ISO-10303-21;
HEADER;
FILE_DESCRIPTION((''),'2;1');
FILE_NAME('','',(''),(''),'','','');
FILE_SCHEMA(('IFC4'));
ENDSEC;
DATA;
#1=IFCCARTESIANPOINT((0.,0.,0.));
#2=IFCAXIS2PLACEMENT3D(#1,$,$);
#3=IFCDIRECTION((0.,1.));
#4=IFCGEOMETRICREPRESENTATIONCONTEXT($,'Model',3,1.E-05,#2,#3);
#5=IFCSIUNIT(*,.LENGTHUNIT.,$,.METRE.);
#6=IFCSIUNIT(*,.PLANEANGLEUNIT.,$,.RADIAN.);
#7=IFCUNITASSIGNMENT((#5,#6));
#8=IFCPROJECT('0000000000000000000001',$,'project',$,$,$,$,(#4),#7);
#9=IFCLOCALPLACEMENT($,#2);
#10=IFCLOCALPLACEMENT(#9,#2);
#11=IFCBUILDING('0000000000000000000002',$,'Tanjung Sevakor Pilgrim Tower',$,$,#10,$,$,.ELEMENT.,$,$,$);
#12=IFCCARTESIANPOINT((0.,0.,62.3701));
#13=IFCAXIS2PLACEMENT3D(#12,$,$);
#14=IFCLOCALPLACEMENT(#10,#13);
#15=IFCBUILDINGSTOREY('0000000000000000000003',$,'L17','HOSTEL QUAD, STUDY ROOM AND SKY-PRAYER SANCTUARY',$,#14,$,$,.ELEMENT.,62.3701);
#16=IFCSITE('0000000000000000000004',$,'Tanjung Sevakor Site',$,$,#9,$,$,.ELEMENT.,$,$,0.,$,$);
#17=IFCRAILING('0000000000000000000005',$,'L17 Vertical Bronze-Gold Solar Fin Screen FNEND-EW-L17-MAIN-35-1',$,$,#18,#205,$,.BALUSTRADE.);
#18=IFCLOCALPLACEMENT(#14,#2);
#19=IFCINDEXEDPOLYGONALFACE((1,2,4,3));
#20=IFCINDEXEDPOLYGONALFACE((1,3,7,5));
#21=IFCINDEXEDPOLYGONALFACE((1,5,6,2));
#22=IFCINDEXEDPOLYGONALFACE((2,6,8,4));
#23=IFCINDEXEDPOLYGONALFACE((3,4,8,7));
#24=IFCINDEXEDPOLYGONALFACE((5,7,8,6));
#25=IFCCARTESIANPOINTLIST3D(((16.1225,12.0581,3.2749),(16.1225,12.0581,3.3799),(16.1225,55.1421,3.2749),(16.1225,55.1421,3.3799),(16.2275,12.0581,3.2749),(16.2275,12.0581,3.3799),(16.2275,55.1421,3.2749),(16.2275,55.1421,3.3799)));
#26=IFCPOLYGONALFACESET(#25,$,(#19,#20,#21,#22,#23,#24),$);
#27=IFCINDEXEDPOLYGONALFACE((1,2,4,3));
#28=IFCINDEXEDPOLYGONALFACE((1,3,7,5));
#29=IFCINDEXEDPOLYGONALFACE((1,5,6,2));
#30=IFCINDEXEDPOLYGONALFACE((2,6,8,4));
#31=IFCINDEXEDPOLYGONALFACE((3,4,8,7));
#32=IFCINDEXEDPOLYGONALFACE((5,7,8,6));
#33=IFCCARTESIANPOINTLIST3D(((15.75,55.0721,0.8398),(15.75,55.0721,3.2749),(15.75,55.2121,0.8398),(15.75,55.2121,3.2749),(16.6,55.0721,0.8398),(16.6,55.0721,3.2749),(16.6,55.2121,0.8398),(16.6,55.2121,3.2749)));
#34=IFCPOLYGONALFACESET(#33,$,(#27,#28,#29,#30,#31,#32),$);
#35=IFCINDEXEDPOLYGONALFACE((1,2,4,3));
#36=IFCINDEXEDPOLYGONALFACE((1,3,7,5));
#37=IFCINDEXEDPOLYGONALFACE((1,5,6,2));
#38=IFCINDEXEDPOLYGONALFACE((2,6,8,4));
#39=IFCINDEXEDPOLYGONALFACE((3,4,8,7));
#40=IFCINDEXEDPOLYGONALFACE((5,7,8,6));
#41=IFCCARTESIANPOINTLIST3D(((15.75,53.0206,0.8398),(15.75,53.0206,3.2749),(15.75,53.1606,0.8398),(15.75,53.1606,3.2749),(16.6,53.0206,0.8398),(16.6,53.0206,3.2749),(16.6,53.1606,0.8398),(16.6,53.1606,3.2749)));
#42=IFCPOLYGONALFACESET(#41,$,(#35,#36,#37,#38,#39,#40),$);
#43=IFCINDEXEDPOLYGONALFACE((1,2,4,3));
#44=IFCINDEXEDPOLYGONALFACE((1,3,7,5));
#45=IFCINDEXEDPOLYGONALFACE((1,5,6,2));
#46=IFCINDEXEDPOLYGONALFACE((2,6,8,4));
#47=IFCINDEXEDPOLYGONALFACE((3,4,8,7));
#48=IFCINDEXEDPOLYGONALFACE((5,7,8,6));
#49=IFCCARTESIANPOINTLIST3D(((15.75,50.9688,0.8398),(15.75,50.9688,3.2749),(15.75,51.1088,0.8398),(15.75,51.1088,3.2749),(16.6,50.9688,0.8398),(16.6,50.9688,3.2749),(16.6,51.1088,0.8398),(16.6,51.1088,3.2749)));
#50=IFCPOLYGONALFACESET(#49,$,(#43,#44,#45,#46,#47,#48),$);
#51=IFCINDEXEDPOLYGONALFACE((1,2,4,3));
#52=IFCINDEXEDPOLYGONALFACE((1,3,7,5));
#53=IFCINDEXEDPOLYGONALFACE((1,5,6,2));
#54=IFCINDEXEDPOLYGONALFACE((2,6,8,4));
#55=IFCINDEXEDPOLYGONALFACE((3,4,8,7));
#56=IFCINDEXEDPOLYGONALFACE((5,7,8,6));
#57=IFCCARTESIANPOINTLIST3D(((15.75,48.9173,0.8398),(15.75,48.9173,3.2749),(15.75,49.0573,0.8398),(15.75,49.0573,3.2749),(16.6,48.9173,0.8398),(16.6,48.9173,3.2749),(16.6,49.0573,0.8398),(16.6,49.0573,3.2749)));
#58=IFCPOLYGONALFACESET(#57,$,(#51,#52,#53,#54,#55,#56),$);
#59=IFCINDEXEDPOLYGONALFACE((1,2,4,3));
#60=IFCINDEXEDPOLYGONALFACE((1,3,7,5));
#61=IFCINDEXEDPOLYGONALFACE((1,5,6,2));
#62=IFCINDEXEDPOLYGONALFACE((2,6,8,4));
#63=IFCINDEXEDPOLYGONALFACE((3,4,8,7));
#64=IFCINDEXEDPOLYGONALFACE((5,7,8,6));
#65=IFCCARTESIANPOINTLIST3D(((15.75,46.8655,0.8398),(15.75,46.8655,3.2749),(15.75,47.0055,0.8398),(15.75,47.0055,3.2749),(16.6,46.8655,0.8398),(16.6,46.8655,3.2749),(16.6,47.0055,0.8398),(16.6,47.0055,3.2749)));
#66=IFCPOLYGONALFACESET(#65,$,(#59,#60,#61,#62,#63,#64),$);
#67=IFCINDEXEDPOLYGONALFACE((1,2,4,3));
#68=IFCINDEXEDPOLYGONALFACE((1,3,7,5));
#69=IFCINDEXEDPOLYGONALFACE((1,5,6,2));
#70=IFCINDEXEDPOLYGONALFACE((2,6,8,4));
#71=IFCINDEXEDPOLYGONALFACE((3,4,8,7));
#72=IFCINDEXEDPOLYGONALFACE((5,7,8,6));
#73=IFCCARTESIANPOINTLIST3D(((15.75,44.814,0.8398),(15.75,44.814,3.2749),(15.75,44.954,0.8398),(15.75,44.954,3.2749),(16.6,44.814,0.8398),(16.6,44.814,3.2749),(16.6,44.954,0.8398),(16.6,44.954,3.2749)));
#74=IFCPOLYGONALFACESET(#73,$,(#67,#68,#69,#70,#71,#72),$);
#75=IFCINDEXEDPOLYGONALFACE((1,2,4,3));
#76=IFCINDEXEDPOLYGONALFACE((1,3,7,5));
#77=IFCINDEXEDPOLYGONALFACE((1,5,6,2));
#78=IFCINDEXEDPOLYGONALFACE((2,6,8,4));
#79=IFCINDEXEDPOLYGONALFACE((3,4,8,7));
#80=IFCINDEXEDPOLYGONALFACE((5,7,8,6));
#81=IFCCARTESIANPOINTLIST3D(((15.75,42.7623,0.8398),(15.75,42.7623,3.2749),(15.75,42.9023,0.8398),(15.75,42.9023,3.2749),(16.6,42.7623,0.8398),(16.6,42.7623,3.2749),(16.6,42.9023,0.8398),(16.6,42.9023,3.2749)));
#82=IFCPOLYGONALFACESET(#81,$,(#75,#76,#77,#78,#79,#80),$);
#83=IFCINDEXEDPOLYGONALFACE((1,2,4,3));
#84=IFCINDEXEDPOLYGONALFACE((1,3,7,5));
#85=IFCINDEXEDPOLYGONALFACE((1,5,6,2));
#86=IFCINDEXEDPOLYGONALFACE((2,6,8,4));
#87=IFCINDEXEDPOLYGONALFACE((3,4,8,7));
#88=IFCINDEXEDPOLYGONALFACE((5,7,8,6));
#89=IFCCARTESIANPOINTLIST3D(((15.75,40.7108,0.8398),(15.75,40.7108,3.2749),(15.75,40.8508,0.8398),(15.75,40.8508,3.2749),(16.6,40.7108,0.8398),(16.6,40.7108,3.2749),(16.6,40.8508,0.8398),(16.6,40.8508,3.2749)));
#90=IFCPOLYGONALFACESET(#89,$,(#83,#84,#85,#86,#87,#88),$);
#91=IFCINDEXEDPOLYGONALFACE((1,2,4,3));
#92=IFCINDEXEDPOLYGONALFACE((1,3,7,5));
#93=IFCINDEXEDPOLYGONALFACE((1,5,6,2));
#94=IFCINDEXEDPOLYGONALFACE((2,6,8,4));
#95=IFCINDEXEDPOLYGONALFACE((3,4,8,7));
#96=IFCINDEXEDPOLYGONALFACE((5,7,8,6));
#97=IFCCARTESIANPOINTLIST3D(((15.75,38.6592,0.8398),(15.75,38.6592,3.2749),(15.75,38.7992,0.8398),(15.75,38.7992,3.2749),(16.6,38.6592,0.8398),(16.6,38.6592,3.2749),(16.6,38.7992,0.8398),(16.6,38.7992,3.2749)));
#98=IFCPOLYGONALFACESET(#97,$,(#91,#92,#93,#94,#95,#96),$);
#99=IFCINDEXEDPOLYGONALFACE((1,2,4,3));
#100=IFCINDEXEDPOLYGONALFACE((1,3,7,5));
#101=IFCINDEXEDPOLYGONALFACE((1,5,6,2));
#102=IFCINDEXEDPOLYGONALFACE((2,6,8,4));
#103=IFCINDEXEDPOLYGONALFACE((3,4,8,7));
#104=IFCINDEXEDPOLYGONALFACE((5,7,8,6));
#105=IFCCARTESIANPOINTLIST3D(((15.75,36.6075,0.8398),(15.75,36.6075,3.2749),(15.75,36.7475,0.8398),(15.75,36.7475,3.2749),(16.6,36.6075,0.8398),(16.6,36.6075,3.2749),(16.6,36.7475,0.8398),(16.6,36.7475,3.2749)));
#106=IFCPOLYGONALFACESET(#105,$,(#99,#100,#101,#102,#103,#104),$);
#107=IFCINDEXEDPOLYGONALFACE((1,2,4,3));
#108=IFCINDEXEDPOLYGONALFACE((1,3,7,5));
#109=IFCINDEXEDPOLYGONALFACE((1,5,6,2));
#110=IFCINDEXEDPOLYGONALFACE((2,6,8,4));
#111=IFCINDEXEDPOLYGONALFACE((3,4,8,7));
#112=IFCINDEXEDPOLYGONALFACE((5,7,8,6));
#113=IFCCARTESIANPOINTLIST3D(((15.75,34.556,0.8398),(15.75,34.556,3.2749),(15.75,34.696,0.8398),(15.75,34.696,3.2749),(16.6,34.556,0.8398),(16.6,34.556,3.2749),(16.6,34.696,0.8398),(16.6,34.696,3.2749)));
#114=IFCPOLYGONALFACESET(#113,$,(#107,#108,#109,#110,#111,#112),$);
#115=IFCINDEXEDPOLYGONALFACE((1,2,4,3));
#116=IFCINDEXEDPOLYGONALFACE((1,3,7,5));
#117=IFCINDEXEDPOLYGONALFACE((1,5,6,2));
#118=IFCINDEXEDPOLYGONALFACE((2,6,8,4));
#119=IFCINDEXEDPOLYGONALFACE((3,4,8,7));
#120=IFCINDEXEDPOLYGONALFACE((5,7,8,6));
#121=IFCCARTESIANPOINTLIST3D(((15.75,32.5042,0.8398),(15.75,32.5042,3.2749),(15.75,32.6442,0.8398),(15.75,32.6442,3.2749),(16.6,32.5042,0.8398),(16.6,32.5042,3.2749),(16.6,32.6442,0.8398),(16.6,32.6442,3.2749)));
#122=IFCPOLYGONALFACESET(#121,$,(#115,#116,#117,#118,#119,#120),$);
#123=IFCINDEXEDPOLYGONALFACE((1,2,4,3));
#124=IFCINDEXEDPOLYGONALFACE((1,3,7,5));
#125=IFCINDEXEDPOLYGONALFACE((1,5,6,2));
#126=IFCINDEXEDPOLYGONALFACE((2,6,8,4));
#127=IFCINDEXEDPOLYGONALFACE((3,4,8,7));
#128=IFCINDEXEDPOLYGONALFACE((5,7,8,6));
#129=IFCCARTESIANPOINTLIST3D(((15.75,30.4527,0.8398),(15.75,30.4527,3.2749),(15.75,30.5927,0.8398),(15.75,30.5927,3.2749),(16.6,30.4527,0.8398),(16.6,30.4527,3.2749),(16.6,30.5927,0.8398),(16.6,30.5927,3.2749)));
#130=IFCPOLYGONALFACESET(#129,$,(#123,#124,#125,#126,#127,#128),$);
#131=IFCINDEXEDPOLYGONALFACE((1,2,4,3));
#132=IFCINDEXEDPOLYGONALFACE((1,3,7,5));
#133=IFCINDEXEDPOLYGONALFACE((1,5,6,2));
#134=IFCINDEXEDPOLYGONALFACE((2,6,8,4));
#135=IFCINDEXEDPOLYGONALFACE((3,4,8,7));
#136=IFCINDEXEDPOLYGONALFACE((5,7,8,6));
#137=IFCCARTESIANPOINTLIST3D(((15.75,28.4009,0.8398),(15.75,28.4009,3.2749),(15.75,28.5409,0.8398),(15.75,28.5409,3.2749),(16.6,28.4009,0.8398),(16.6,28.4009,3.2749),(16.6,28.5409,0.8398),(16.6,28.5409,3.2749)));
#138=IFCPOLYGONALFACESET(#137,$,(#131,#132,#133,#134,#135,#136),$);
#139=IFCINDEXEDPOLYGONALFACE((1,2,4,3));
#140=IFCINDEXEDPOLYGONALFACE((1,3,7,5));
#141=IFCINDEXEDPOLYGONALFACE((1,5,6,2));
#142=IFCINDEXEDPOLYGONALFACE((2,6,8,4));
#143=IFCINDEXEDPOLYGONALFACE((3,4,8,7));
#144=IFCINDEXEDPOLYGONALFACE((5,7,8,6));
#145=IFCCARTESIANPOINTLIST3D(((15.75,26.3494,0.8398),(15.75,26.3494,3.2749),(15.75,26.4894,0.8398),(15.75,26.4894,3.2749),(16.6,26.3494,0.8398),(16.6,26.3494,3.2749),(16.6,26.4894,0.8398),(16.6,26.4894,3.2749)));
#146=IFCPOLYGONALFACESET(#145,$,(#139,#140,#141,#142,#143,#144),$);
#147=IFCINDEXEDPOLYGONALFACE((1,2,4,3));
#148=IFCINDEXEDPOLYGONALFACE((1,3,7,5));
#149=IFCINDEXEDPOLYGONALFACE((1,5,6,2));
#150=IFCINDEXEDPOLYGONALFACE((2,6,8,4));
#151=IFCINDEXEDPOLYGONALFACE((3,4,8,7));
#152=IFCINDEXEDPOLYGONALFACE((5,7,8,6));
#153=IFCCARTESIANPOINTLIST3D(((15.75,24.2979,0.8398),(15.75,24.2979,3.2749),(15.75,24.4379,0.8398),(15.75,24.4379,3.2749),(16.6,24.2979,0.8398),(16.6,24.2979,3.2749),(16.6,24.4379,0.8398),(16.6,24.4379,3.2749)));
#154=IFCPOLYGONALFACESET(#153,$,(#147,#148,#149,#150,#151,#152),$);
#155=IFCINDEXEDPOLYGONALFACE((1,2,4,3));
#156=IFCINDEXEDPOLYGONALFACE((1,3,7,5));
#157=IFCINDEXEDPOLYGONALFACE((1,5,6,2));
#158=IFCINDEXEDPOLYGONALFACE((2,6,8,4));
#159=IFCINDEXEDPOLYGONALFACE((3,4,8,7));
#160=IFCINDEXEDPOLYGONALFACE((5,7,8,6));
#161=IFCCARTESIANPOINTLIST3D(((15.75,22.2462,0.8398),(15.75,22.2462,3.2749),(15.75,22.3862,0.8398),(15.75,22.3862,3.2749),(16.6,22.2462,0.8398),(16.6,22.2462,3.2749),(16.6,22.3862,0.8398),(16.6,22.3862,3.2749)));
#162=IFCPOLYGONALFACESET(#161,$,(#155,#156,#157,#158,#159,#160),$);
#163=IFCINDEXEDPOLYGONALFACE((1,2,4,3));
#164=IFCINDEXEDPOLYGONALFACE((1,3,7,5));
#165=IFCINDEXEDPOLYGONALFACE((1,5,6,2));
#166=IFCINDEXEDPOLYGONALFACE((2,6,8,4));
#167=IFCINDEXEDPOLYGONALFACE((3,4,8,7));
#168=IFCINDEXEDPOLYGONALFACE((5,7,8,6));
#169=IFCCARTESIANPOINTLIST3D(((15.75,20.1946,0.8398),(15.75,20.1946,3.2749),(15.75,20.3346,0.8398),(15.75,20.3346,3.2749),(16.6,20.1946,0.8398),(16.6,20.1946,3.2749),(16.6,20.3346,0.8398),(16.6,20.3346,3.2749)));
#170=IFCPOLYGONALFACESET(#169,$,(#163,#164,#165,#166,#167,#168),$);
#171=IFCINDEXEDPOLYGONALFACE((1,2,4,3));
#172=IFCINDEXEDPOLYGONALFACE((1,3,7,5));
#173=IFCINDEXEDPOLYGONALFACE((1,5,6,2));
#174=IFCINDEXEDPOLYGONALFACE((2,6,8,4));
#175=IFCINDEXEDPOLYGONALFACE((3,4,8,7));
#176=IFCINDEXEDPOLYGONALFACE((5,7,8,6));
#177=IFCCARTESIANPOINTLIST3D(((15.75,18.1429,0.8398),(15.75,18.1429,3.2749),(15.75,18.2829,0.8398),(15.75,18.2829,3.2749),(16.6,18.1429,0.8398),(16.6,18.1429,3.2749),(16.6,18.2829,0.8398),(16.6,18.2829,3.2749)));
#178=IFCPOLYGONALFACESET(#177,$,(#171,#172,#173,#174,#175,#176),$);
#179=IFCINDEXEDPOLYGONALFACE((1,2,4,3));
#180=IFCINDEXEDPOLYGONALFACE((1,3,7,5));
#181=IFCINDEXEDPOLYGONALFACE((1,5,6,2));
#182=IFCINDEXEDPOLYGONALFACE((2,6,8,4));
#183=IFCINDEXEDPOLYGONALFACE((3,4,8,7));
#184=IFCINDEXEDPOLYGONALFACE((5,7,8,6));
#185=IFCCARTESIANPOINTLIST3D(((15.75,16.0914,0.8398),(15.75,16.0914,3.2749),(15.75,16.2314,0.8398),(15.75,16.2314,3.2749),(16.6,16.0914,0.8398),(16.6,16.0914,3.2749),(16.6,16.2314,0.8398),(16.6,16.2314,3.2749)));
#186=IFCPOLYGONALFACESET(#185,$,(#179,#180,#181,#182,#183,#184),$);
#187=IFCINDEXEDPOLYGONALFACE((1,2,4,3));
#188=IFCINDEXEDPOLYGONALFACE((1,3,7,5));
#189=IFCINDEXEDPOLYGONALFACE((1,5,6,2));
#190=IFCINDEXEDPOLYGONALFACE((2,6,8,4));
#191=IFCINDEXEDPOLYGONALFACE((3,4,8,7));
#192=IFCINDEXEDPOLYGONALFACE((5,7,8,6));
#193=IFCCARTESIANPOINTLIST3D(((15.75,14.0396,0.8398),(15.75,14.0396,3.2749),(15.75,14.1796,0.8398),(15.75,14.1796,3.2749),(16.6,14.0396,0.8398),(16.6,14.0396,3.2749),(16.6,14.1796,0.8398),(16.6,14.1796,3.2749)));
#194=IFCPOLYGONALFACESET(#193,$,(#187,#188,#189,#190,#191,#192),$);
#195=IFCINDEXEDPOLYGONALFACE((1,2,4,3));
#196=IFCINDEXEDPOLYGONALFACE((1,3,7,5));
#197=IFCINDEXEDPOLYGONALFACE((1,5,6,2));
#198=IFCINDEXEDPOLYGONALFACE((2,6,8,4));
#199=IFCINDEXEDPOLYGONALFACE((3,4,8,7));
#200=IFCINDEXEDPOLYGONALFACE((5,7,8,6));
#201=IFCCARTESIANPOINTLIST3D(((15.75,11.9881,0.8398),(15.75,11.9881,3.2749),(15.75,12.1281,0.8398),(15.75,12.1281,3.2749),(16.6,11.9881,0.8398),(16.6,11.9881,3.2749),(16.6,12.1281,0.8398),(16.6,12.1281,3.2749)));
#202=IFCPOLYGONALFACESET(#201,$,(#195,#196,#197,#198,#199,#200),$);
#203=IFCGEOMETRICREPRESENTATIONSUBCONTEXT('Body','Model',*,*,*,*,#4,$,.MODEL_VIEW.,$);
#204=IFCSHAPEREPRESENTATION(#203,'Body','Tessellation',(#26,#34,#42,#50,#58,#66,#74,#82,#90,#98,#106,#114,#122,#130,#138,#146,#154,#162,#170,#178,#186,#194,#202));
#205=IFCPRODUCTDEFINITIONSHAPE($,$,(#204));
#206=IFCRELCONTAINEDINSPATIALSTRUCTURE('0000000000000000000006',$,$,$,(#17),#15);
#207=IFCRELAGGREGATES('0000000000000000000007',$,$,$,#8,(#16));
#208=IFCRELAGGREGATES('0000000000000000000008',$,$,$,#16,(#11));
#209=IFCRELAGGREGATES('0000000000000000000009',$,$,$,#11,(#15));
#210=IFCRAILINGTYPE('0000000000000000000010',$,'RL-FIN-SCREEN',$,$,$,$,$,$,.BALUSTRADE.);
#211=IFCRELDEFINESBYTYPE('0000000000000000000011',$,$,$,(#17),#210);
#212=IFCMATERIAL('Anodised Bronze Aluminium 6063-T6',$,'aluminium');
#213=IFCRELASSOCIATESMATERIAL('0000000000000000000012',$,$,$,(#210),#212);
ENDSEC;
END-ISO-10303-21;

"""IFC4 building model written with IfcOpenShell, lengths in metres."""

from ifc_helpers import new_model, si_unit, direction, frame, origin, place, context, subcontext, project, spatial, rectangle, extrude, material, type_object, element, save


model = new_model("IFC4")

# Units and contexts
model_context = context("Model", 3, precision=1e-05, world=origin(), true_north=direction((0.0, 1.0)))
body_context = subcontext(model_context, "Body", "Model", "MODEL_VIEW")
ifc_project = project(units=[si_unit("LENGTHUNIT", "METRE"), si_unit("PLANEANGLEUNIT", "RADIAN")], contexts=[model_context])

# Site, building, storey
site_placement = place(None, origin())
site = spatial("IfcSite", under=ifc_project, at=site_placement, Name="Tanjung Sevakor Site", CompositionType="ELEMENT", RefElevation=0.0)
building_placement = place(site_placement, origin())
building = spatial("IfcBuilding", under=site, at=building_placement, Name="Tanjung Sevakor Pilgrim Tower", CompositionType="ELEMENT")
storey_placement = place(building_placement, frame((0.0, 0.0, 62.3701)))
storey = spatial("IfcBuildingStorey", under=building, at=storey_placement, Name="L17", Description="HOSTEL QUAD, STUDY ROOM AND SKY-PRAYER SANCTUARY", CompositionType="ELEMENT", Elevation=62.3701)

# Railing
ifc_material_1 = material(Name="Anodised Bronze Aluminium 6063-T6", Category="aluminium")
railing_type = type_object("IfcRailingType", Name="RL-FIN-SCREEN", PredefinedType="BALUSTRADE", material=ifc_material_1)
railing_1_placement = place(storey_placement, frame((16.175, 55.1421, 0.8398)))
element("IfcRailing", 1, at=railing_1_placement, inside=storey, type_object=railing_type, Name="L17 Vertical Bronze-Gold Solar Fin Screen FNEND-EW-L17-MAIN-35-1", PredefinedType="BALUSTRADE", context=body_context, shape_type="SweptSolid", body=[
    extrude(rectangle(XDim=0.105, YDim=0.105), frame((0.0, 0.0, 2.4875), z_axis=(0.0, -1.0, 0.0), x_axis=(1.0, 0.0, 0.0)), (0.0, 0.0, 1.0), 43.084),
    extrude(rectangle(XDim=0.85, YDim=0.14), origin(), (0.0, 0.0, 1.0), 2.4351),
    extrude(rectangle(XDim=0.85, YDim=0.14), frame((0.0, -2.0515, 0.0)), (0.0, 0.0, 1.0), 2.4351),
    extrude(rectangle(XDim=0.85, YDim=0.14), frame((0.0, -4.1033, 0.0)), (0.0, 0.0, 1.0), 2.4351),
    extrude(rectangle(XDim=0.85, YDim=0.14), frame((0.0, -6.1548, 0.0)), (0.0, 0.0, 1.0), 2.4351),
    extrude(rectangle(XDim=0.85, YDim=0.14), frame((0.0, -8.2065, 0.0)), (0.0, 0.0, 1.0), 2.4351),
    extrude(rectangle(XDim=0.85, YDim=0.14), frame((0.0, -10.2581, 0.0)), (0.0, 0.0, 1.0), 2.4351),
    extrude(rectangle(XDim=0.85, YDim=0.14), frame((0.0, -12.3098, 0.0)), (0.0, 0.0, 1.0), 2.4351),
    extrude(rectangle(XDim=0.85, YDim=0.14), frame((0.0, -14.3613, 0.0)), (0.0, 0.0, 1.0), 2.4351),
    extrude(rectangle(XDim=0.85, YDim=0.14), frame((0.0, -16.4128, 0.0)), (0.0, 0.0, 1.0), 2.4351),
    extrude(rectangle(XDim=0.85, YDim=0.14), frame((0.0, -18.4646, 0.0)), (0.0, 0.0, 1.0), 2.4351),
    extrude(rectangle(XDim=0.85, YDim=0.14), frame((0.0, -20.5161, 0.0)), (0.0, 0.0, 1.0), 2.4351),
    extrude(rectangle(XDim=0.85, YDim=0.14), frame((0.0, -22.5679, 0.0)), (0.0, 0.0, 1.0), 2.4351),
    extrude(rectangle(XDim=0.85, YDim=0.14), frame((0.0, -24.6194, 0.0)), (0.0, 0.0, 1.0), 2.4351),
    extrude(rectangle(XDim=0.85, YDim=0.14), frame((0.0, -26.6711, 0.0)), (0.0, 0.0, 1.0), 2.4351),
    extrude(rectangle(XDim=0.85, YDim=0.14), frame((0.0, -28.7227, 0.0)), (0.0, 0.0, 1.0), 2.4351),
    extrude(rectangle(XDim=0.85, YDim=0.14), frame((0.0, -30.7742, 0.0)), (0.0, 0.0, 1.0), 2.4351),
    extrude(rectangle(XDim=0.85, YDim=0.14), frame((0.0, -32.8259, 0.0)), (0.0, 0.0, 1.0), 2.4351),
    extrude(rectangle(XDim=0.85, YDim=0.14), frame((0.0, -34.8774, 0.0)), (0.0, 0.0, 1.0), 2.4351),
    extrude(rectangle(XDim=0.85, YDim=0.14), frame((0.0, -36.9292, 0.0)), (0.0, 0.0, 1.0), 2.4351),
    extrude(rectangle(XDim=0.85, YDim=0.14), frame((0.0, -38.9807, 0.0)), (0.0, 0.0, 1.0), 2.4351),
    extrude(rectangle(XDim=0.85, YDim=0.14), frame((0.0, -41.0325, 0.0)), (0.0, 0.0, 1.0), 2.4351),
    extrude(rectangle(XDim=0.85, YDim=0.14), frame((0.0, -43.084, 0.0)), (0.0, 0.0, 1.0), 2.4351),
])

save(model, "model.ifc")
